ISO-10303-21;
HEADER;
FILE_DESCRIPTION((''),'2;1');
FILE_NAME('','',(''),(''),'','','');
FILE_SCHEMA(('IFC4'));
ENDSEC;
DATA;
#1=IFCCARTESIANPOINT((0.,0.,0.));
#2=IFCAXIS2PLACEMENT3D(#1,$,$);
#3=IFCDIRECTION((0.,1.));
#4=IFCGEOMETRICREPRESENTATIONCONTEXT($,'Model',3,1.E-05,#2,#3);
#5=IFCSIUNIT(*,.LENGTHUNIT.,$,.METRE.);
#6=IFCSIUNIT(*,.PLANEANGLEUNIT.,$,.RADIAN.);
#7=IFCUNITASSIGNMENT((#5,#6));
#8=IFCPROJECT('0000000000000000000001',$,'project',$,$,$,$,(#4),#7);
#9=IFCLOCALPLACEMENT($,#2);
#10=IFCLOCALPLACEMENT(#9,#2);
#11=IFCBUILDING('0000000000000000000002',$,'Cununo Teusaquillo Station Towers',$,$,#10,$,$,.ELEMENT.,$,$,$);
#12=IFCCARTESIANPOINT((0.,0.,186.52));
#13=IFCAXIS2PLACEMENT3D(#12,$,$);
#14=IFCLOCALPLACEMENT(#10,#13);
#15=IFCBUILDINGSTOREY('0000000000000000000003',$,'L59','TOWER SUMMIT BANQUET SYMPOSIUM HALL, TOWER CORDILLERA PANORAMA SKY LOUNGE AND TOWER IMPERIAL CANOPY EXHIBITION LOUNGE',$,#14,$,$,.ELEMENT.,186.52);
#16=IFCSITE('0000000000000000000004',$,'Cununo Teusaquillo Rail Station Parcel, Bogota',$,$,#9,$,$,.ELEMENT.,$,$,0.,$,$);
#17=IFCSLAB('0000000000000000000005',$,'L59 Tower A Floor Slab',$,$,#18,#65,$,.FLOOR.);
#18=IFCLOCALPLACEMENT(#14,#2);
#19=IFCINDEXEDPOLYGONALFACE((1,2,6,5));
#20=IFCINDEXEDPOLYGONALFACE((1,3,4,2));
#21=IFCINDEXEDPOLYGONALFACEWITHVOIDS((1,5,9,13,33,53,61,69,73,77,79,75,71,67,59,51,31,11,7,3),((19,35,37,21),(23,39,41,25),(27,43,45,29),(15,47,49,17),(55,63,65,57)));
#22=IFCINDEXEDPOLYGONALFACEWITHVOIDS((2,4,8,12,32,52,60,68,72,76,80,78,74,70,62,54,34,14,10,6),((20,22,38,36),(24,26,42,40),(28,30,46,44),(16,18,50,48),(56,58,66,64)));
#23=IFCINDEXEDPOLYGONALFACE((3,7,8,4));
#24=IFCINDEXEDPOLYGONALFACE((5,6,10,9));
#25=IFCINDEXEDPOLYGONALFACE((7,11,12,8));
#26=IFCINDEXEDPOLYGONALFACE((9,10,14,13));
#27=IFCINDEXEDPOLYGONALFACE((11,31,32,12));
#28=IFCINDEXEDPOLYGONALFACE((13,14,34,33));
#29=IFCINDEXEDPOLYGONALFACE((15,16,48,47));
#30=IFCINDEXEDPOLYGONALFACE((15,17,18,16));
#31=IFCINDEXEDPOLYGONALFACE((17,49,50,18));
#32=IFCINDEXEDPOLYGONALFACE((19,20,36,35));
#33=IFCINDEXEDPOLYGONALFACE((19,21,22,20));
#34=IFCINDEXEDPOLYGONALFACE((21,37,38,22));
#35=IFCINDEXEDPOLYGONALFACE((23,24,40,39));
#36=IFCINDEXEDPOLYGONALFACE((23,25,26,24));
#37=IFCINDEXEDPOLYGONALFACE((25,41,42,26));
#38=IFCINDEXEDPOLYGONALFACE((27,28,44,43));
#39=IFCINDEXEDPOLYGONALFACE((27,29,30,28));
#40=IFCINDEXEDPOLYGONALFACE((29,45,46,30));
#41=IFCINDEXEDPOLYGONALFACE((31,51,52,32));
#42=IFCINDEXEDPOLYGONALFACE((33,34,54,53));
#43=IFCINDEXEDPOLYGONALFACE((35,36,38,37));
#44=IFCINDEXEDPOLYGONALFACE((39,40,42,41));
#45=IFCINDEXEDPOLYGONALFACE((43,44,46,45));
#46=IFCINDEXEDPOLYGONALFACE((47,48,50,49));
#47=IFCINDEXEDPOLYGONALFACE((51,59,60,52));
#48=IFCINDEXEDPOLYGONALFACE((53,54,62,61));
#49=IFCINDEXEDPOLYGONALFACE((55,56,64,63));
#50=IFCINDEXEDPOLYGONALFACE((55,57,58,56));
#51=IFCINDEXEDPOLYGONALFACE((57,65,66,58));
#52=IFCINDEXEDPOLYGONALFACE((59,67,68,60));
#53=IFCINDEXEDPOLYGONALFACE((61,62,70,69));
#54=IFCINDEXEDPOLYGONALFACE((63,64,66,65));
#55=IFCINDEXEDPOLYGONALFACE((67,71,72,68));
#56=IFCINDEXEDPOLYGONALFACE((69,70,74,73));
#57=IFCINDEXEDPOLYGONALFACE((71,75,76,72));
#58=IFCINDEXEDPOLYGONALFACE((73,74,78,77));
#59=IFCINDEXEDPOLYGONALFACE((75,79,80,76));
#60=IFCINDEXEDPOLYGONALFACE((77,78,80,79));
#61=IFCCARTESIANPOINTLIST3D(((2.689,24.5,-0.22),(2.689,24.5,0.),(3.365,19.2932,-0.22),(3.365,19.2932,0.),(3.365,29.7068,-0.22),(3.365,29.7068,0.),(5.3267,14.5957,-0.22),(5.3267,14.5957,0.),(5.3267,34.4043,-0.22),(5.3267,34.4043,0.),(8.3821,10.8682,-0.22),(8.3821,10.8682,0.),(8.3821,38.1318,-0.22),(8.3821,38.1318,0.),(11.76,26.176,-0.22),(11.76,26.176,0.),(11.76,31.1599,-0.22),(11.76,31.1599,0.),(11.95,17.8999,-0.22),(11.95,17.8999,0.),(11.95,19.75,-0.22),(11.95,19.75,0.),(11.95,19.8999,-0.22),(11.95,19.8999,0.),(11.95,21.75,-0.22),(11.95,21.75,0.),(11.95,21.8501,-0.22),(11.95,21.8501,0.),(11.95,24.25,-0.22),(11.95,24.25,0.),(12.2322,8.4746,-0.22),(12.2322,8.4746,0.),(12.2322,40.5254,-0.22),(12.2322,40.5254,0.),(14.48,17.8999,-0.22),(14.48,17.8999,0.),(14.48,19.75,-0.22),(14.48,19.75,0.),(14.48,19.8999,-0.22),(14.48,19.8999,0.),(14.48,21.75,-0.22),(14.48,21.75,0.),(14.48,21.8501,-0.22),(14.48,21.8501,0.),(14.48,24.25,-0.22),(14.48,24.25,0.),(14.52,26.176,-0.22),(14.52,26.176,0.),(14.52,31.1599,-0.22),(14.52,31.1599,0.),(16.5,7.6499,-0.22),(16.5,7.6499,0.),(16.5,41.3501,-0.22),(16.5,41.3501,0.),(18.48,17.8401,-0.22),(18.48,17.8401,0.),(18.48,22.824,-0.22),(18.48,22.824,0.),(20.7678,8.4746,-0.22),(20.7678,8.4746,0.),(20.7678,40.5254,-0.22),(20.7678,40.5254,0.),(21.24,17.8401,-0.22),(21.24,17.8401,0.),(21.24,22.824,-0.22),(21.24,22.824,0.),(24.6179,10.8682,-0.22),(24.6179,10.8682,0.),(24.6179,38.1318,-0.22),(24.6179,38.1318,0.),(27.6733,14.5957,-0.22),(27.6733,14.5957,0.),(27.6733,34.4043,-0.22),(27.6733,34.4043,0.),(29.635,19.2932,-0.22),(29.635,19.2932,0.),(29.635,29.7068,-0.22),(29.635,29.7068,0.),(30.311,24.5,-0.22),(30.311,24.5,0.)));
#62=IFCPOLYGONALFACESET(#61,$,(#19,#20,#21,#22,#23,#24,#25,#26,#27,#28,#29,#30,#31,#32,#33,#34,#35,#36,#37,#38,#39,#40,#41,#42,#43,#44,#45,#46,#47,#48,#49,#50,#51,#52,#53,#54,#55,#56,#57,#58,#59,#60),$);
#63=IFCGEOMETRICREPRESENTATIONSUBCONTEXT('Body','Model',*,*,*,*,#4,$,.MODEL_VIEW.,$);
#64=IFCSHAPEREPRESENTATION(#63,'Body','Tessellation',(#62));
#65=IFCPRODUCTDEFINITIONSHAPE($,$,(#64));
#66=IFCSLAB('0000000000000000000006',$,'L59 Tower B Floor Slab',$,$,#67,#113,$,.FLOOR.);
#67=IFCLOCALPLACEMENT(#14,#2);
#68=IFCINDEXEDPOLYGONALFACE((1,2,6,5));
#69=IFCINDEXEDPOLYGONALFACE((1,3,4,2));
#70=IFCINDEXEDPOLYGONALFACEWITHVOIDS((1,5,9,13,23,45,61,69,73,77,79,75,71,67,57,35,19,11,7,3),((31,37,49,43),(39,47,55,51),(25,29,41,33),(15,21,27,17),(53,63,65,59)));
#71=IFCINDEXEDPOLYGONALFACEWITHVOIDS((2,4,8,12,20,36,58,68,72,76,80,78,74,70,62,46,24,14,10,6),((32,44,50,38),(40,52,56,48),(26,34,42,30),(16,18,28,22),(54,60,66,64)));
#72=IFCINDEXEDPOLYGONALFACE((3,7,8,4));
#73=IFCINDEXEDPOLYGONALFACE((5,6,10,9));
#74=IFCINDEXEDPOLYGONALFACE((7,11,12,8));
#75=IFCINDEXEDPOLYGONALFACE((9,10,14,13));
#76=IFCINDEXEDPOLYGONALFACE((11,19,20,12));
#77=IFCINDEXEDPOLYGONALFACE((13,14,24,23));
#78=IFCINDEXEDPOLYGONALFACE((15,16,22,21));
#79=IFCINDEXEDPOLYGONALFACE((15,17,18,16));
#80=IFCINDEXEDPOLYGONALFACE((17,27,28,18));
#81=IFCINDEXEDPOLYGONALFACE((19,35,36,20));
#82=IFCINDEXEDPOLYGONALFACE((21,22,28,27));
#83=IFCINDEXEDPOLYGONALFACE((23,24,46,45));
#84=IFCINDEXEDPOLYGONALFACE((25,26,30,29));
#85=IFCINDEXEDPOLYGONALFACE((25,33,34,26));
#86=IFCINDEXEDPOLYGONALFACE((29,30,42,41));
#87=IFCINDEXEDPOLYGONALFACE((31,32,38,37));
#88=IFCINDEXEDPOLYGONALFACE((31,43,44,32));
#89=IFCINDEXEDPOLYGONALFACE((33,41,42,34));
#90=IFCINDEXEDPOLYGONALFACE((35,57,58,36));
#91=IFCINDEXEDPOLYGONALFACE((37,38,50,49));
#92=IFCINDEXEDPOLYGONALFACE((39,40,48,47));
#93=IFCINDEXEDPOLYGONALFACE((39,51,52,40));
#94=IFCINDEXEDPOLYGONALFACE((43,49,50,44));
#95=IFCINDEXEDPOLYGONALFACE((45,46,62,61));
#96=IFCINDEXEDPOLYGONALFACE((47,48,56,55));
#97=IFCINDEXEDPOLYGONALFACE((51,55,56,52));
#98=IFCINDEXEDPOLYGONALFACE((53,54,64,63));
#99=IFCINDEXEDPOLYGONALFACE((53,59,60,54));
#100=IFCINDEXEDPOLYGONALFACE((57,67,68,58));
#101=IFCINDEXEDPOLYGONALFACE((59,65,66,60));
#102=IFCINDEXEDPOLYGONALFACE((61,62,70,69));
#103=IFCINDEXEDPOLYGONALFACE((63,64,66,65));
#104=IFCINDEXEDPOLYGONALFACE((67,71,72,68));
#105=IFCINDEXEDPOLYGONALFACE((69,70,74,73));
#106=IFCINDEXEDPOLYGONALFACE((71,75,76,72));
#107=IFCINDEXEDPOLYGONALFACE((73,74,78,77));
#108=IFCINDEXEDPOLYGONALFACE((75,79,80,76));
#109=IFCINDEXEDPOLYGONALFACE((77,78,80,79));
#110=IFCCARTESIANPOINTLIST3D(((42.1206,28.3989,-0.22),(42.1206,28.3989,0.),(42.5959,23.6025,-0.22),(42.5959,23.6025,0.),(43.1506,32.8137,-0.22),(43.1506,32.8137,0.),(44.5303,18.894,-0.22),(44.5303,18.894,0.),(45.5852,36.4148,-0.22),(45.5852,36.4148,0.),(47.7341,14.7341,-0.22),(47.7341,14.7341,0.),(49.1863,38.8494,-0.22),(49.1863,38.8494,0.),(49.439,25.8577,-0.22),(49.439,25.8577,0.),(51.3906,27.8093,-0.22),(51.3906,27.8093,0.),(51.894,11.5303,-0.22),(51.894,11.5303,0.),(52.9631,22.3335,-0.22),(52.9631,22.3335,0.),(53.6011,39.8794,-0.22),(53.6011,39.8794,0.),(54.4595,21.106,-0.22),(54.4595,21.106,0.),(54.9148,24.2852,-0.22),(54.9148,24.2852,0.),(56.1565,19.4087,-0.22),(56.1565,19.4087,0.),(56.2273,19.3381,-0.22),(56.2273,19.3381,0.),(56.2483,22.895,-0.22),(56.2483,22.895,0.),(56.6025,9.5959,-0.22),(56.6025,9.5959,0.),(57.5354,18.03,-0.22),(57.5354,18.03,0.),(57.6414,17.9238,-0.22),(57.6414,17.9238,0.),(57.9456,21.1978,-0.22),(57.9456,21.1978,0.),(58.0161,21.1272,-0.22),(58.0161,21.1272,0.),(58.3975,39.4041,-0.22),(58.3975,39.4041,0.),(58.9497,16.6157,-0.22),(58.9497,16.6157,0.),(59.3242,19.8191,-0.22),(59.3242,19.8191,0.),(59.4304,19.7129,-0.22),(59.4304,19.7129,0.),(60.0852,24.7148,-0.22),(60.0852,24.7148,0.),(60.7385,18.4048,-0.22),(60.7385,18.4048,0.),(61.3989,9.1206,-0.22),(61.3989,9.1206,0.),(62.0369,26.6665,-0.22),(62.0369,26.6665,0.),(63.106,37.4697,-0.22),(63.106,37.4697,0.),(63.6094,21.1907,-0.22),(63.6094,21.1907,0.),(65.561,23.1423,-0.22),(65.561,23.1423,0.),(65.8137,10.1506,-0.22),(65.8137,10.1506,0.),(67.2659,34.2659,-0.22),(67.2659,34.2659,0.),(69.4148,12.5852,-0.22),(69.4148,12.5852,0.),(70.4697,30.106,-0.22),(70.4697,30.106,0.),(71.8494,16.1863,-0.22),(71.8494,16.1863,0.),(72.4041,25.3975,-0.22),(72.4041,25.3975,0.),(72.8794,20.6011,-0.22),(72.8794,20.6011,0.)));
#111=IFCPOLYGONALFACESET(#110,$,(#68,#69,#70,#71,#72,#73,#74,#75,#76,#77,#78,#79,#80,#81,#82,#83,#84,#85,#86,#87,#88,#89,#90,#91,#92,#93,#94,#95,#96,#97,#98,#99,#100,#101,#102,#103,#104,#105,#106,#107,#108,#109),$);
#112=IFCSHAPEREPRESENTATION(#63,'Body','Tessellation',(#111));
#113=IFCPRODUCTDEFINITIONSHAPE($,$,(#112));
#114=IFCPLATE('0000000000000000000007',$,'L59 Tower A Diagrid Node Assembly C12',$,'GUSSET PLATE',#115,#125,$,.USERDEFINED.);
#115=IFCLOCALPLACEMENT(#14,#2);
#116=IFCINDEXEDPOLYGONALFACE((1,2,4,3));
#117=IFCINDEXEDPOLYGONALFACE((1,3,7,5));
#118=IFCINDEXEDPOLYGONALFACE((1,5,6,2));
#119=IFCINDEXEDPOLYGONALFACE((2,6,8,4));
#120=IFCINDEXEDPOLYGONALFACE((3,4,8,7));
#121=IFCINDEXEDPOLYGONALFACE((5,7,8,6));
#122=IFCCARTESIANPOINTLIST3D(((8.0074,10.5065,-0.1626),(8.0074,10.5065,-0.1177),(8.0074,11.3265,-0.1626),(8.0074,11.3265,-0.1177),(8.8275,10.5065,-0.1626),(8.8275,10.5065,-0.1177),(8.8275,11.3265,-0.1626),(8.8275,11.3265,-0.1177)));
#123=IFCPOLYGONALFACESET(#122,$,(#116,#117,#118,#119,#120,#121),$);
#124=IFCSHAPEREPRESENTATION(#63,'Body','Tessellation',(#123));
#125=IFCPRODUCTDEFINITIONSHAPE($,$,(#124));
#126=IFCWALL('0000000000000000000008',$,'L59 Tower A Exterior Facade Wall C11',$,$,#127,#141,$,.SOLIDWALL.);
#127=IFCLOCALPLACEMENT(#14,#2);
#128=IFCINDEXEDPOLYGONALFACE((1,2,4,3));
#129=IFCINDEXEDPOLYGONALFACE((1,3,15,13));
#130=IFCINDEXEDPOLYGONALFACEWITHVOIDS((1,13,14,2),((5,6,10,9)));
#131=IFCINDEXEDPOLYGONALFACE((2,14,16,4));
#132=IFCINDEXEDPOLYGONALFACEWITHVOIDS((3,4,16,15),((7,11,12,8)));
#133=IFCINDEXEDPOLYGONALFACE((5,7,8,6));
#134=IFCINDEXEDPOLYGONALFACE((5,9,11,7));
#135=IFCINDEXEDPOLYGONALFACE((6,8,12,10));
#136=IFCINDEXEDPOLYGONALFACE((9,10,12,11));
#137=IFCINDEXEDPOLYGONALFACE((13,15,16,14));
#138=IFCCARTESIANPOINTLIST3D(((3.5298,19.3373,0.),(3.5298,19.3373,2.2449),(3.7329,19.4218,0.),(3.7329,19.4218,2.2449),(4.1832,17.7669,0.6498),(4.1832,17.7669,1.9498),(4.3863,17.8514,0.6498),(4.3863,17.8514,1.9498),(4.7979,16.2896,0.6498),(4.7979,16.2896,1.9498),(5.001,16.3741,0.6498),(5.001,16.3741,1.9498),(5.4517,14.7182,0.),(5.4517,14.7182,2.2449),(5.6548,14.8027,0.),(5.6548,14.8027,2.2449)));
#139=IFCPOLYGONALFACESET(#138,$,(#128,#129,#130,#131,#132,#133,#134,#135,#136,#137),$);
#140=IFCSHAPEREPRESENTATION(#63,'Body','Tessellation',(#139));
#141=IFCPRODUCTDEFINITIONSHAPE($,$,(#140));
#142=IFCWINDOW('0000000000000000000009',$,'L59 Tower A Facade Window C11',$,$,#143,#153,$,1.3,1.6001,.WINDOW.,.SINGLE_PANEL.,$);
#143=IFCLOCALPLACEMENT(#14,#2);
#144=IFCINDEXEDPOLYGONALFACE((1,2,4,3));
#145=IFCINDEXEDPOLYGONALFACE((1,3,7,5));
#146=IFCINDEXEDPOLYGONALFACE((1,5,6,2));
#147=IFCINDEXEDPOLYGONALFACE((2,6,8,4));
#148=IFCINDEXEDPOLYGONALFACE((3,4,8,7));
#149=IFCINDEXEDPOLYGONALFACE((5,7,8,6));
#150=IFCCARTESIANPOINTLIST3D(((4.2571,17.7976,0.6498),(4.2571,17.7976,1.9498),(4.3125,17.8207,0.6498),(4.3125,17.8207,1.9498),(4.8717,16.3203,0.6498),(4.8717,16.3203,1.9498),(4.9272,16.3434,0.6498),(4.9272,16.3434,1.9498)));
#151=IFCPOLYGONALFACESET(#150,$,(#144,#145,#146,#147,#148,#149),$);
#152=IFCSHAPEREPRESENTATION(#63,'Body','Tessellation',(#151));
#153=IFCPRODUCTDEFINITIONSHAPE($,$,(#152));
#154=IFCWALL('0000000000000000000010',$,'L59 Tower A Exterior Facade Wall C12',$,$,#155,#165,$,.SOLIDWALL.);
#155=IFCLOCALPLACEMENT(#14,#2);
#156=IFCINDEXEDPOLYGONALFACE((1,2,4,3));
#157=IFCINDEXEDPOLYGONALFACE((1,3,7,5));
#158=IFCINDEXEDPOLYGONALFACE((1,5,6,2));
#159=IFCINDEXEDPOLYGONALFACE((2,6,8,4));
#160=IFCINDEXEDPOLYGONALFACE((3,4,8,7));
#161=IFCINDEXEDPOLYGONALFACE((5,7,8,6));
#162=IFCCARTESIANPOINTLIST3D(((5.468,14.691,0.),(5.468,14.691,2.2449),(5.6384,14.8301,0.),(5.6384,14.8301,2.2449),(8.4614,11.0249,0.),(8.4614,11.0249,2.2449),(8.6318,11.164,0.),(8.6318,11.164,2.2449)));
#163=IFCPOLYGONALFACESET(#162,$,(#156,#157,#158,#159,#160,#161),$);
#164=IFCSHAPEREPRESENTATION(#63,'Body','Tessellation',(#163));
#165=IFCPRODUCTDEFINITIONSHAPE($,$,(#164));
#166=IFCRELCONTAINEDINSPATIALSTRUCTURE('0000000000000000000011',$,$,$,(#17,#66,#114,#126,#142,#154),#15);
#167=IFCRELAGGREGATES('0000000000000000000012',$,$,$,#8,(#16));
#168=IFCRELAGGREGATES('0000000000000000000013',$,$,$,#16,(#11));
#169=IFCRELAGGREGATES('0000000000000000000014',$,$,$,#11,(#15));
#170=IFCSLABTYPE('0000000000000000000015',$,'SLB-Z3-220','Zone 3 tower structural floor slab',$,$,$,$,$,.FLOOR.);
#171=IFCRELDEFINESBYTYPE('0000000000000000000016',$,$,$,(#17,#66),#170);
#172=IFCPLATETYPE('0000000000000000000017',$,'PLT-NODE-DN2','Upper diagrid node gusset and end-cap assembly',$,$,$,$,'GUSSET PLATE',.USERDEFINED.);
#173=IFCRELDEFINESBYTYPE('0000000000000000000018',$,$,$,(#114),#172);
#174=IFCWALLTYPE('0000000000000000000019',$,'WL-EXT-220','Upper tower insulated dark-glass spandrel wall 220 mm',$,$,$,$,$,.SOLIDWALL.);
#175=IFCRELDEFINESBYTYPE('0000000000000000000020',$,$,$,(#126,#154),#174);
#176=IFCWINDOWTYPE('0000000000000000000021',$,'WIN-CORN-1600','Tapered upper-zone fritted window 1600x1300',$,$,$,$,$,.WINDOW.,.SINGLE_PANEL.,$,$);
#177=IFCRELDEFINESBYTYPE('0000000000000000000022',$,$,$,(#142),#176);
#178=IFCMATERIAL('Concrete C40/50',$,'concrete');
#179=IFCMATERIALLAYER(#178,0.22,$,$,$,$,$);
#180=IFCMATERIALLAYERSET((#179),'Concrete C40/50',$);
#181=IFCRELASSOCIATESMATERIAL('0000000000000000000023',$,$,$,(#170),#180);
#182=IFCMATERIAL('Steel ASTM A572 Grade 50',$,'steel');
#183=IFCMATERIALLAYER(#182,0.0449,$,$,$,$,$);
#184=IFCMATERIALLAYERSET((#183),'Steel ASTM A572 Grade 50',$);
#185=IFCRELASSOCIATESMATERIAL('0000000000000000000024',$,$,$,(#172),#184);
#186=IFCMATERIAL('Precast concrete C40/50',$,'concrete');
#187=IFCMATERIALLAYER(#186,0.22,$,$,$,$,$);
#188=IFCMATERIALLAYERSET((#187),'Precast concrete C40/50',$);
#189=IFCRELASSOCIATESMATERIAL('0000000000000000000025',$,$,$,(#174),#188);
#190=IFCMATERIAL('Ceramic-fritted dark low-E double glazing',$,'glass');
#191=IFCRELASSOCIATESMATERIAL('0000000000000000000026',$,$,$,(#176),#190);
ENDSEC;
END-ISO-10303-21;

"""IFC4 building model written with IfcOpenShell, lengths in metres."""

from ifc_helpers import new_model, si_unit, direction, frame, frame_2d, origin, origin_2d, place, context, subcontext, project, spatial, polyline, rectangle, outline, extrude, source, transform, mapped, material, layer, layer_set, type_object, element, fill, save


model = new_model("IFC4")

# Units and contexts
model_context = context("Model", 3, precision=1e-05, world=origin(), true_north=direction((0.0, 1.0)))
body_context = subcontext(model_context, "Body", "Model", "MODEL_VIEW")
ifc_project = project(units=[si_unit("LENGTHUNIT", "METRE"), si_unit("PLANEANGLEUNIT", "RADIAN")], contexts=[model_context])

# Site, building, storey
site_placement = place(None, origin())
site = spatial("IfcSite", under=ifc_project, at=site_placement, Name="Cununo Teusaquillo Rail Station Parcel, Bogota", CompositionType="ELEMENT", RefElevation=0.0)
building_placement = place(site_placement, origin())
building = spatial("IfcBuilding", under=site, at=building_placement, Name="Cununo Teusaquillo Station Towers", CompositionType="ELEMENT")
storey_placement = place(building_placement, frame((0.0, 0.0, 186.52)))
storey = spatial("IfcBuildingStorey", under=building, at=storey_placement, Name="L59", Description="TOWER SUMMIT BANQUET SYMPOSIUM HALL, TOWER CORDILLERA PANORAMA SKY LOUNGE AND TOWER IMPERIAL CANOPY EXHIBITION LOUNGE", CompositionType="ELEMENT", Elevation=186.52)

# Slabs
ifc_material_1 = material(Name="Concrete C40/50", Category="concrete")
ifc_layer_1 = layer(ifc_material_1, 0.22)
ifc_layer_set_1 = layer_set([ifc_layer_1], Name="Concrete C40/50")
slab_type_1 = type_object("IfcSlabType", Name="SLB-Z3-220", Description="Zone 3 tower structural floor slab", PredefinedType="FLOOR", material=ifc_layer_set_1)
slab_1_placement = place(storey_placement, frame((0.0, 0.0, -0.22)))
element("IfcSlab", 1, at=slab_1_placement, inside=storey, type_object=slab_type_1, Name="L59 Tower A Floor Slab", PredefinedType="FLOOR", context=body_context, shape_type="SweptSolid", body=[
    extrude(outline(polyline([(30.311, 24.5), (29.635, 29.7068), (27.6733, 34.4043), (24.6179, 38.1318), (20.7678, 40.5254), (16.5, 41.3501), (12.2322, 40.5254), (8.3821, 38.1318), (5.3267, 34.4043), (3.365, 29.7068), (2.689, 24.5), (3.365, 19.2932), (5.3267, 14.5957), (8.3821, 10.8682), (12.2322, 8.4746), (16.5, 7.6499), (20.7678, 8.4746), (24.6179, 10.8682), (27.6733, 14.5957), (29.635, 19.2932), (30.311, 24.5)]), holes=[polyline([(14.52, 26.176), (14.52, 31.1599), (11.76, 31.1599), (11.76, 26.176), (14.52, 26.176)]), polyline([(18.48, 22.824), (18.48, 17.8401), (21.24, 17.8401), (21.24, 22.824), (18.48, 22.824)]), polyline([(11.95, 21.8501), (14.48, 21.8501), (14.48, 24.25), (11.95, 24.25), (11.95, 21.8501)]), polyline([(11.95, 17.8999), (14.48, 17.8999), (14.48, 19.75), (11.95, 19.75), (11.95, 17.8999)]), polyline([(11.95, 19.8999), (14.48, 19.8999), (14.48, 21.75), (11.95, 21.75), (11.95, 19.8999)])]), origin(), (0.0, 0.0, 1.0), 0.22),
])
slab_2_placement = place(storey_placement, frame((0.0, 0.0, -0.22)))
element("IfcSlab", 2, at=slab_2_placement, inside=storey, type_object=slab_type_1, Name="L59 Tower B Floor Slab", PredefinedType="FLOOR", context=body_context, shape_type="SweptSolid", body=[
    extrude(outline(polyline([(67.2659, 34.2659), (63.106, 37.4697), (58.3975, 39.4041), (53.6011, 39.8794), (49.1863, 38.8494), (45.5852, 36.4148), (43.1506, 32.8137), (42.1206, 28.3989), (42.5959, 23.6025), (44.5303, 18.894), (47.7341, 14.7341), (51.894, 11.5303), (56.6025, 9.5959), (61.3989, 9.1206), (65.8137, 10.1506), (69.4148, 12.5852), (71.8494, 16.1863), (72.8794, 20.6011), (72.4041, 25.3975), (70.4697, 30.106), (67.2659, 34.2659)]), holes=[polyline([(54.9148, 24.2852), (51.3906, 27.8093), (49.439, 25.8577), (52.9631, 22.3335), (54.9148, 24.2852)]), polyline([(60.0852, 24.7148), (63.6094, 21.1907), (65.561, 23.1423), (62.0369, 26.6665), (60.0852, 24.7148)]), polyline([(56.1565, 19.4087), (57.9456, 21.1978), (56.2483, 22.895), (54.4595, 21.106), (56.1565, 19.4087)]), polyline([(58.9497, 16.6157), (60.7385, 18.4048), (59.4304, 19.7129), (57.6414, 17.9238), (58.9497, 16.6157)]), polyline([(57.5354, 18.03), (59.3242, 19.8191), (58.0161, 21.1272), (56.2273, 19.3381), (57.5354, 18.03)])]), origin(), (0.0, 0.0, 1.0), 0.22),
])

# Plate
ifc_material_2 = material(Name="Steel ASTM A572 Grade 50", Category="steel")
ifc_layer_2 = layer(ifc_material_2, 0.0449)
ifc_layer_set_2 = layer_set([ifc_layer_2], Name="Steel ASTM A572 Grade 50")
plate_type = type_object("IfcPlateType", Name="PLT-NODE-DN2", Description="Upper diagrid node gusset and end-cap assembly", ElementType="GUSSET PLATE", PredefinedType="USERDEFINED", material=ifc_layer_set_2)
shared_shape_1 = source(origin(), body_context, "Body", "SweptSolid", [
    extrude(rectangle(XDim=0.8201, YDim=0.8201, at=origin_2d()), origin(), (0.0, 0.0, 1.0), 0.0449),
])
plate_placement = place(storey_placement, frame((8.4175, 10.9165, -0.1626), z_axis=(0.0, 0.0, 1.0), x_axis=(1.0, 0.0, 0.0)))
element("IfcPlate", 3, at=plate_placement, inside=storey, type_object=plate_type, Name="L59 Tower A Diagrid Node Assembly C12", ObjectType="GUSSET PLATE", PredefinedType="USERDEFINED", context=body_context, shape_type="MappedRepresentation", body=[
    mapped(shared_shape_1, transform((0.0, 0.0, 0.0), x_axis=(1.0, 0.0, 0.0), y_axis=(0.0, 1.0, 0.0), z_axis=(0.0, 0.0, 1.0), scale=1.0)),
])

# Wall, opening, window
ifc_material_3 = material(Name="Precast concrete C40/50", Category="concrete")
ifc_layer_3 = layer(ifc_material_3, 0.22)
ifc_layer_set_3 = layer_set([ifc_layer_3], Name="Precast concrete C40/50")
wall_type_1 = type_object("IfcWallType", Name="WL-EXT-220", Description="Upper tower insulated dark-glass spandrel wall 220 mm", PredefinedType="SOLIDWALL", material=ifc_layer_set_3)
wall_1_placement = place(storey_placement, frame((5.5532, 14.7605, 0.0), z_axis=(0.0, 0.0, 1.0), x_axis=(-0.384144, 0.923273, 0.0)))
wall_1 = element("IfcWall", 4, at=wall_1_placement, inside=storey, type_object=wall_type_1, Name="L59 Tower A Exterior Facade Wall C11", PredefinedType="SOLIDWALL", context=body_context, shape_type="SweptSolid", body=[
    extrude(rectangle(XDim=5.0029, YDim=0.22, at=frame_2d((2.5015, 0.0))), origin(), (0.0, 0.0, 1.0), 2.2449),
])
shared_shape_2 = source(origin(), body_context, "Body", "SweptSolid", [
    extrude(rectangle(XDim=1.6001, YDim=1.3, at=frame_2d((0.8, 0.6499))), frame((0.0, 0.1199, 0.0), z_axis=(0.0, -1.0, 0.0), x_axis=(1.0, 0.0, 0.0)), (0.0, 0.0, 1.0), 0.24),
])
opening_1_placement = place(wall_1_placement, frame((1.7019, 0.0, 0.6499)))
opening_1 = element("IfcOpeningElement", 5, at=opening_1_placement, cuts=wall_1, PredefinedType="OPENING", context=body_context, shape_type="MappedRepresentation", body=[
    mapped(shared_shape_2, transform((0.0, 0.0, 0.0), x_axis=(1.0, 0.0, 0.0), y_axis=(0.0, 1.0, 0.0), z_axis=(0.0, 0.0, 1.0), scale=1.0)),
])
ifc_material_4 = material(Name="Ceramic-fritted dark low-E double glazing", Category="glass")
window_type = type_object("IfcWindowType", Name="WIN-CORN-1600", Description="Tapered upper-zone fritted window 1600x1300", PartitioningType="SINGLE_PANEL", PredefinedType="WINDOW", material=ifc_material_4)
shared_shape_3 = source(origin(), body_context, "Body", "SweptSolid", [
    extrude(rectangle(XDim=1.6001, YDim=1.3, at=frame_2d((0.8, 0.6499))), frame((0.0, 0.03, 0.0), z_axis=(0.0, -1.0, 0.0), x_axis=(1.0, 0.0, 0.0)), (0.0, 0.0, 1.0), 0.0601),
])
window_1_placement = place(opening_1_placement, origin())
window_1 = element("IfcWindow", 6, at=window_1_placement, inside=storey, type_object=window_type, Name="L59 Tower A Facade Window C11", OverallHeight=1.3, OverallWidth=1.6001, PartitioningType="SINGLE_PANEL", PredefinedType="WINDOW", context=body_context, shape_type="MappedRepresentation", body=[
    mapped(shared_shape_3, transform((0.0, 0.0, 0.0), x_axis=(1.0, 0.0, 0.0), y_axis=(0.0, 1.0, 0.0), z_axis=(0.0, 0.0, 1.0), scale=1.0)),
])
fill(opening_1, window_1)

# Wall
wall_2_placement = place(storey_placement, frame((8.5466, 11.0945, 0.0), z_axis=(0.0, 0.0, 1.0), x_axis=(-0.632471, 0.774584, 0.0)))
element("IfcWall", 7, at=wall_2_placement, inside=storey, type_object=wall_type_1, Name="L59 Tower A Exterior Facade Wall C12", PredefinedType="SOLIDWALL", context=body_context, shape_type="SweptSolid", body=[
    extrude(rectangle(XDim=4.7329, YDim=0.22, at=frame_2d((2.3665, 0.0))), origin(), (0.0, 0.0, 1.0), 2.2449),
])

save(model, "model.ifc")
